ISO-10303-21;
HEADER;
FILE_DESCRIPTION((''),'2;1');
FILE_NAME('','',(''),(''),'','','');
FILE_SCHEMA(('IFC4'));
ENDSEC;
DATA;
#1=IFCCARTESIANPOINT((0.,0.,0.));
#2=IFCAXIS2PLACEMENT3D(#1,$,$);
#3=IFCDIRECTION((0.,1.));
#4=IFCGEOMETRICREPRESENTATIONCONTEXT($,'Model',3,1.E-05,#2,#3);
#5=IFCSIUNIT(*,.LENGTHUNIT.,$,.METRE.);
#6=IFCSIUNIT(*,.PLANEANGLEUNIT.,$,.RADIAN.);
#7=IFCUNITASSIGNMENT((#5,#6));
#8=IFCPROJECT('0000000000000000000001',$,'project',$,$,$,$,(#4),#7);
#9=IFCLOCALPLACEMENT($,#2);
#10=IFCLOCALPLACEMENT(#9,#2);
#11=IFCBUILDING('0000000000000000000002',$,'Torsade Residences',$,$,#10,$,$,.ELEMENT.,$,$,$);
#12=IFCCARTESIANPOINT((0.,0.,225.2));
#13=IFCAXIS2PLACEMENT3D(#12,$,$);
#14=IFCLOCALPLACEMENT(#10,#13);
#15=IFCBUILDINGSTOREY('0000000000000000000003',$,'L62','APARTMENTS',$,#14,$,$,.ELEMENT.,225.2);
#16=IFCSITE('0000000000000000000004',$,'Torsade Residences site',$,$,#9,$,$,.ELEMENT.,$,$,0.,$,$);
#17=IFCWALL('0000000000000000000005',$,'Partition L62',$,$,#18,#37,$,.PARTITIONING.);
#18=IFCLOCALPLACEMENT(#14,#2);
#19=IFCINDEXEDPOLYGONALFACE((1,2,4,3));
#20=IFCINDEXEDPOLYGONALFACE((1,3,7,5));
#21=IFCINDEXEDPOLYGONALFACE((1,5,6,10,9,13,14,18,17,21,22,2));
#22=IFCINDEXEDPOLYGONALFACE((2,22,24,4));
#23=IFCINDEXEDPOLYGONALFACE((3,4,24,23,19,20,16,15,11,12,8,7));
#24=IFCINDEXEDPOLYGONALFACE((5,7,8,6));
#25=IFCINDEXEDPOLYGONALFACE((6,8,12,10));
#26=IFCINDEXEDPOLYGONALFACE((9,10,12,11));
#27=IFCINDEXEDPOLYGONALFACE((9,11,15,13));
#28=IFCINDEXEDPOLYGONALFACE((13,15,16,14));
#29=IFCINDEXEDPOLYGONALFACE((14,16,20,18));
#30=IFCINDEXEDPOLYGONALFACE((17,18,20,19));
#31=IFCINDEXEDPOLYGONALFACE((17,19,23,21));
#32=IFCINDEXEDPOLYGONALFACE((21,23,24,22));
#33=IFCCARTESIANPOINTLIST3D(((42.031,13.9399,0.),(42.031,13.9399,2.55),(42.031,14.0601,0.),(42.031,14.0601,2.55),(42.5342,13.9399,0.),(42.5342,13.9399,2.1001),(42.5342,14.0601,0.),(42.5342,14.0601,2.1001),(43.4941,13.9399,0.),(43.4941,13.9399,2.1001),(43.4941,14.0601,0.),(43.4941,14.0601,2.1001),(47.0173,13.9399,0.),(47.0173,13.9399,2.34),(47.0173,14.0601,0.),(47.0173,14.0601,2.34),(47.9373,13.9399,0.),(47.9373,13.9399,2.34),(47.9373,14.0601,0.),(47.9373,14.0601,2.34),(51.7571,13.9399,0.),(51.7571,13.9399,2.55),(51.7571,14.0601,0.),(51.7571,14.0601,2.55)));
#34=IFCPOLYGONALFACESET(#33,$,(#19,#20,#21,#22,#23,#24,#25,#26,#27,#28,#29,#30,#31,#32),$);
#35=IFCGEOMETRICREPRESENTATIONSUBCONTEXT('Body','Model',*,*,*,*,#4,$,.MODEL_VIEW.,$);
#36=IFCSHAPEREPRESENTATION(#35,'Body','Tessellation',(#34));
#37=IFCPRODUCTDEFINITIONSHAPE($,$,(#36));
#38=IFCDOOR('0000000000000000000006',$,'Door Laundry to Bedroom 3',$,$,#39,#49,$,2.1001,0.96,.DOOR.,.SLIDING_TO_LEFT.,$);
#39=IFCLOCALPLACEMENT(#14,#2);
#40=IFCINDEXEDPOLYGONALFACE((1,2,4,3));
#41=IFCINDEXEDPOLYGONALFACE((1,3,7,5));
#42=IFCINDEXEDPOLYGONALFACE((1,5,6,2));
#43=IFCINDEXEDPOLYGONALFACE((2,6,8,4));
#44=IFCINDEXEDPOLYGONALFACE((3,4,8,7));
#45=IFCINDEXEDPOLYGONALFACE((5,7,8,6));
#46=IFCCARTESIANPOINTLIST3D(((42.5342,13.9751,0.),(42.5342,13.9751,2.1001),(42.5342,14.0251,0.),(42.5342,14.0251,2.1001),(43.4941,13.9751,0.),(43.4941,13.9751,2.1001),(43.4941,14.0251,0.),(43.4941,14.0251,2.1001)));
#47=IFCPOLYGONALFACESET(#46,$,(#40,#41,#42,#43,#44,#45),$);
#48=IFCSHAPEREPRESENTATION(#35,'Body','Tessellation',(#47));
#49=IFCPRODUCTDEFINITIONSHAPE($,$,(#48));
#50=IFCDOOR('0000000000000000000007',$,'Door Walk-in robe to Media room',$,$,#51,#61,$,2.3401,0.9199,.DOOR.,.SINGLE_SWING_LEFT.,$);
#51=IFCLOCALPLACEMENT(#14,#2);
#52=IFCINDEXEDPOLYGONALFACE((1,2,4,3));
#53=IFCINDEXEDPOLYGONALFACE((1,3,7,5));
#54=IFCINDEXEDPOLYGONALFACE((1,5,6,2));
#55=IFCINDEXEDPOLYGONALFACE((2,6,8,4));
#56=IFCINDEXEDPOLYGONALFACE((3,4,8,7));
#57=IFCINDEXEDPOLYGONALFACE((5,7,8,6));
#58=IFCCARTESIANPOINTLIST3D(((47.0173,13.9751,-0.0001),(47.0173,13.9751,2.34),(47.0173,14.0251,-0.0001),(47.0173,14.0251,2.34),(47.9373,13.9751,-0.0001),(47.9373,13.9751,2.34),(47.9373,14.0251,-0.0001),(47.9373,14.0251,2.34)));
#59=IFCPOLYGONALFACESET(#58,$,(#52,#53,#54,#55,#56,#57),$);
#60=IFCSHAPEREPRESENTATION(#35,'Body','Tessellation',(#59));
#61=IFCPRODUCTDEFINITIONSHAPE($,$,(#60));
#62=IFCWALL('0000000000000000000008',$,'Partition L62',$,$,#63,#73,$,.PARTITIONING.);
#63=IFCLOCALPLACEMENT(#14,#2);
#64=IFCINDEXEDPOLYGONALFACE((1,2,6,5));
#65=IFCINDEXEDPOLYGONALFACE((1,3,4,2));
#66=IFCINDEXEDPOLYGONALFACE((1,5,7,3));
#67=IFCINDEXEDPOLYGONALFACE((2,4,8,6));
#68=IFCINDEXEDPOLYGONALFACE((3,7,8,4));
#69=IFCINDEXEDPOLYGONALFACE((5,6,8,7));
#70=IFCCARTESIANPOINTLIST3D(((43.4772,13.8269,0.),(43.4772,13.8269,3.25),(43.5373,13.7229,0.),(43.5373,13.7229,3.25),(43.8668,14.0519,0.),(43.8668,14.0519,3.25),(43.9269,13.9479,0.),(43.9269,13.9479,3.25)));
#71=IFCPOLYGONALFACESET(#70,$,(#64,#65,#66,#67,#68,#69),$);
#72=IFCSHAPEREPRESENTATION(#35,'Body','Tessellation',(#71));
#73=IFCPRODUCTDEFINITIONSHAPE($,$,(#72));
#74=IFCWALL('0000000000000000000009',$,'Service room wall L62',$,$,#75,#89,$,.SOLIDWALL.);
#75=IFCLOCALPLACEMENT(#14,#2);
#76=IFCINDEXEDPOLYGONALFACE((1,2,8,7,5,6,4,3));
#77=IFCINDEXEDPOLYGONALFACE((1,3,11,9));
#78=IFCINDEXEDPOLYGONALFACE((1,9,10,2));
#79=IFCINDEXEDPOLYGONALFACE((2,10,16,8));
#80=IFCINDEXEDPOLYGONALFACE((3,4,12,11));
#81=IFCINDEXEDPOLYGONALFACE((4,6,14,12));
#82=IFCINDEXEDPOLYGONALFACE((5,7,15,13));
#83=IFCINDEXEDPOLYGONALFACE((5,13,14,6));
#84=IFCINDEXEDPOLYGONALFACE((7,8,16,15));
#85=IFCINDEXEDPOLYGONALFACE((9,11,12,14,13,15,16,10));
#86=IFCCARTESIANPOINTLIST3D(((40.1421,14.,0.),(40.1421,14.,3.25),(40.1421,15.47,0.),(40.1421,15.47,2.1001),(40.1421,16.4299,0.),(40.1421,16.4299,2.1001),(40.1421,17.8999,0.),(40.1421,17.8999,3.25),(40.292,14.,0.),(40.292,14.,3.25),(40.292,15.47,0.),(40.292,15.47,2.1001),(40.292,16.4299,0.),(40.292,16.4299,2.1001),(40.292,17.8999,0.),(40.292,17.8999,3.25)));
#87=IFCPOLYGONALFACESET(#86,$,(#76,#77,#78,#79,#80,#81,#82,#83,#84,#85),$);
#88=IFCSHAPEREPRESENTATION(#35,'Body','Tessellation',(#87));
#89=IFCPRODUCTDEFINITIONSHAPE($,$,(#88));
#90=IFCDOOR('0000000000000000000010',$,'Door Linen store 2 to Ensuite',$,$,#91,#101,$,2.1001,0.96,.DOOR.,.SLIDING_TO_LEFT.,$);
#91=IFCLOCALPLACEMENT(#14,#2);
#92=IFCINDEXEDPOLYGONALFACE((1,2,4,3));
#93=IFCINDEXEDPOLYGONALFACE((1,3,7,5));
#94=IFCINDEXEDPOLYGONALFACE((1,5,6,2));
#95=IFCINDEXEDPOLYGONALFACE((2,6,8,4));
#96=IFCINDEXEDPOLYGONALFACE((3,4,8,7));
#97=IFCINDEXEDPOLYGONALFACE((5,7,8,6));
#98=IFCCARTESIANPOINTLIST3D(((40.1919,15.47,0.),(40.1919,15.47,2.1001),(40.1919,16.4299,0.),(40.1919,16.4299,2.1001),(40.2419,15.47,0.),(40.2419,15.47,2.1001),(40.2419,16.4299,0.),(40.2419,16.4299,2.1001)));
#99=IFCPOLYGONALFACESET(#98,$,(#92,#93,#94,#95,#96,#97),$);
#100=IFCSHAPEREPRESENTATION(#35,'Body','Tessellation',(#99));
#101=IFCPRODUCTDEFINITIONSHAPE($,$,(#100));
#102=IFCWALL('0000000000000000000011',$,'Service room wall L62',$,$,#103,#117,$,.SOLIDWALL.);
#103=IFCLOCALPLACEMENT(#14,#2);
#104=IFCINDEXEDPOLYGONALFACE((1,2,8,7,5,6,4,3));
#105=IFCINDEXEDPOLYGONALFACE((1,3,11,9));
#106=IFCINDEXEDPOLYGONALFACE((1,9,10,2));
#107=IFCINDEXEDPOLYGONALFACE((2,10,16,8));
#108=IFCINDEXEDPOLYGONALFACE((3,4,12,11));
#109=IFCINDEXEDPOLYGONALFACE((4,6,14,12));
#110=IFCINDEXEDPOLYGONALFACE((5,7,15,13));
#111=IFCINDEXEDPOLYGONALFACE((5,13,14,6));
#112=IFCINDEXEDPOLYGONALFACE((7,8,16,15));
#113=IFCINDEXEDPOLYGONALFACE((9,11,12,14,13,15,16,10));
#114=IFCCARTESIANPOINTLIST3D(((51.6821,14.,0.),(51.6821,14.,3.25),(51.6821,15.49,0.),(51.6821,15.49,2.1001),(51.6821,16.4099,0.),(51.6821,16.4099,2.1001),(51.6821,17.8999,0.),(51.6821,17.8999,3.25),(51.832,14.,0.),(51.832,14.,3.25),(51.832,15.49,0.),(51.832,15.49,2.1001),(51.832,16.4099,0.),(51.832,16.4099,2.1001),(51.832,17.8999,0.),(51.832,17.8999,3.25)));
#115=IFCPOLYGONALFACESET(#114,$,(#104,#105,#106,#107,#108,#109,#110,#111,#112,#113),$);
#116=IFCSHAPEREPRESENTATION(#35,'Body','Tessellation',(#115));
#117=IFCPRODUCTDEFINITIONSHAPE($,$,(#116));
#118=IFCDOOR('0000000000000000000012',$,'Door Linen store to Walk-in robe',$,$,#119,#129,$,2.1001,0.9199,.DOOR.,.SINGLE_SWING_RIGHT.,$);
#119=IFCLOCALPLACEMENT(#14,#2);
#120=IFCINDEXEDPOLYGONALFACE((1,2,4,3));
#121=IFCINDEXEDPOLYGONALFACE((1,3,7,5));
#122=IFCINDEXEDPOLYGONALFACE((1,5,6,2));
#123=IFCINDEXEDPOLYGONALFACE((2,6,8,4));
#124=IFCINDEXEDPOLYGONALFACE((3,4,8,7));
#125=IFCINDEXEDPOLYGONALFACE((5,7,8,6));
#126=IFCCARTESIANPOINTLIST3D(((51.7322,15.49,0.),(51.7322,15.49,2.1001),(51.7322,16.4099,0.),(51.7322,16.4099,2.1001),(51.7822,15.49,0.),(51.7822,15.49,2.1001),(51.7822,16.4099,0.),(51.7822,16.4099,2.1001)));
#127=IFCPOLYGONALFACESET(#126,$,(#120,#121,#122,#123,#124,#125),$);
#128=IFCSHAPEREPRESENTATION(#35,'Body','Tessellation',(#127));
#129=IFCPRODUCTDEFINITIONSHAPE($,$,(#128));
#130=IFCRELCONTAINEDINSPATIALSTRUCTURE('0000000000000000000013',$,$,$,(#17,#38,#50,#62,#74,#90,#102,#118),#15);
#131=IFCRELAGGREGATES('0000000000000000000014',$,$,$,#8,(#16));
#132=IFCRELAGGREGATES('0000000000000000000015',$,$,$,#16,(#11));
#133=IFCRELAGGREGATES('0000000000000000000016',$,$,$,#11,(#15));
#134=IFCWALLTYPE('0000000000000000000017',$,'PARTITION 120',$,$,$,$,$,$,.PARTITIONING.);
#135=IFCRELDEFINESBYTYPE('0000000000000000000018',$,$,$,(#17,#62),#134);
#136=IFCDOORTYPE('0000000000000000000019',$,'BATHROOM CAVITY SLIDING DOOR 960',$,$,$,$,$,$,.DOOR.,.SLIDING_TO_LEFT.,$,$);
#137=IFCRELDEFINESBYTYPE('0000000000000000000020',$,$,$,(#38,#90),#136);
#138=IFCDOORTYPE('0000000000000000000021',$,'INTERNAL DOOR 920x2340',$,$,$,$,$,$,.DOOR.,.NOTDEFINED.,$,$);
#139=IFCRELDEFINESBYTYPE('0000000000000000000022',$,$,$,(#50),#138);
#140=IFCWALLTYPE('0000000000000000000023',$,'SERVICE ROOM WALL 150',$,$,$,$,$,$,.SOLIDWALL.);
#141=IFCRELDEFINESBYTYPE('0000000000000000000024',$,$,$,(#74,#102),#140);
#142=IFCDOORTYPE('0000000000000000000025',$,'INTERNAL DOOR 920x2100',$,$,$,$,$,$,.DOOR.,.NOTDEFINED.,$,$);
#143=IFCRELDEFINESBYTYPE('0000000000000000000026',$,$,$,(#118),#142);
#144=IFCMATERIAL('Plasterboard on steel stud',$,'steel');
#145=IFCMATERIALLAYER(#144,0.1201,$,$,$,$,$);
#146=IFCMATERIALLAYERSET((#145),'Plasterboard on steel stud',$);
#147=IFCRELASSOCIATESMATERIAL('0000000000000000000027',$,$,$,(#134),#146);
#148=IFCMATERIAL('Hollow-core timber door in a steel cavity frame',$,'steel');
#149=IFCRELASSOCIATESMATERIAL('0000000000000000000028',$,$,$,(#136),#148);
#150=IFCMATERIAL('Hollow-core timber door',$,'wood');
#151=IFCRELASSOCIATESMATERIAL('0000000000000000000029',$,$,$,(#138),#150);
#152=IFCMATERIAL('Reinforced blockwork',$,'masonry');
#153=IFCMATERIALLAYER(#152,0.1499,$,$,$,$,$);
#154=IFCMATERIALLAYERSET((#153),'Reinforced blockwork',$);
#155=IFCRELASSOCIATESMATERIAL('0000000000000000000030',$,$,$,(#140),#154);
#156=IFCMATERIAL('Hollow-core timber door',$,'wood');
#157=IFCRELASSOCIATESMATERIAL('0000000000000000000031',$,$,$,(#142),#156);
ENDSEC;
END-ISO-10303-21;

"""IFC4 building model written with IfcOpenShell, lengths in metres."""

from ifc_helpers import new_model, si_unit, direction, frame, frame_2d, origin, place, context, subcontext, project, spatial, rectangle, extrude, material, layer, layer_set, type_object, element, fill, save


model = new_model("IFC4")

# Units and contexts
model_context = context("Model", 3, precision=1e-05, world=origin(), true_north=direction((0.0, 1.0)))
body_context = subcontext(model_context, "Body", "Model", "MODEL_VIEW")
ifc_project = project(units=[si_unit("LENGTHUNIT", "METRE"), si_unit("PLANEANGLEUNIT", "RADIAN")], contexts=[model_context])

# Site, building, storey
site_placement = place(None, origin())
site = spatial("IfcSite", under=ifc_project, at=site_placement, Name="Torsade Residences site", CompositionType="ELEMENT", RefElevation=0.0)
building_placement = place(site_placement, origin())
building = spatial("IfcBuilding", under=site, at=building_placement, Name="Torsade Residences", CompositionType="ELEMENT")
storey_placement = place(building_placement, frame((0.0, 0.0, 225.2)))
storey = spatial("IfcBuildingStorey", under=building, at=storey_placement, Name="L62", Description="APARTMENTS", CompositionType="ELEMENT", Elevation=225.2)

# Shared definitions
ifc_material_1 = material(Name="Plasterboard on steel stud", Category="steel")
ifc_layer_1 = layer(ifc_material_1, 0.1201)
ifc_layer_set_1 = layer_set([ifc_layer_1], Name="Plasterboard on steel stud")
wall_type_1 = type_object("IfcWallType", Name="PARTITION 120", PredefinedType="PARTITIONING", material=ifc_layer_set_1)
ifc_material_2 = material(Name="Hollow-core timber door in a steel cavity frame", Category="steel")
door_type_1 = type_object("IfcDoorType", Name="BATHROOM CAVITY SLIDING DOOR 960", OperationType="SLIDING_TO_LEFT", PredefinedType="DOOR", material=ifc_material_2)

# Wall, openings, doors
wall_1_placement = place(storey_placement, frame((51.7571, 14.0, 0.0), z_axis=(0.0, 0.0, 1.0), x_axis=(-1.0, 0.0, 0.0)))
wall_1 = element("IfcWall", 1, at=wall_1_placement, inside=storey, type_object=wall_type_1, Name="Partition L62", PredefinedType="PARTITIONING", context=body_context, shape_type="SweptSolid", body=[
    extrude(rectangle(XDim=9.7261, YDim=0.1201, at=frame_2d((4.863, 0.0))), origin(), (0.0, 0.0, 1.0), 2.55),
])
opening_1_placement = place(wall_1_placement, frame((3.8198, 0.0, 0.0)))
opening_1 = element("IfcOpeningElement", 2, at=opening_1_placement, cuts=wall_1, PredefinedType="OPENING", context=body_context, shape_type="SweptSolid", body=[
    extrude(rectangle(XDim=0.9199, YDim=2.3401, at=frame_2d((0.46, 1.1699))), frame((0.0, 0.0701, 0.0), z_axis=(0.0, -1.0, 0.0), x_axis=(1.0, 0.0, 0.0)), (0.0, 0.0, 1.0), 0.1401),
])
opening_2_placement = place(wall_1_placement, frame((8.2629, 0.0, 0.0)))
opening_2 = element("IfcOpeningElement", 3, at=opening_2_placement, cuts=wall_1, PredefinedType="OPENING", context=body_context, shape_type="SweptSolid", body=[
    extrude(rectangle(XDim=0.96, YDim=2.1001, at=frame_2d((0.48, 1.05))), frame((0.0, 0.0701, 0.0), z_axis=(0.0, -1.0, 0.0), x_axis=(1.0, 0.0, 0.0)), (0.0, 0.0, 1.0), 0.1401),
])
door_1_placement = place(opening_2_placement, origin())
door_1 = element("IfcDoor", 4, at=door_1_placement, inside=storey, type_object=door_type_1, Name="Door Laundry to Bedroom 3", OperationType="SLIDING_TO_LEFT", OverallHeight=2.1001, OverallWidth=0.96, PredefinedType="DOOR", context=body_context, shape_type="SweptSolid", body=[
    extrude(rectangle(XDim=0.96, YDim=2.1001, at=frame_2d((0.48, 1.05))), frame((0.0, 0.0249, 0.0), z_axis=(0.0, -1.0, 0.0), x_axis=(1.0, 0.0, 0.0)), (0.0, 0.0, 1.0), 0.05),
])
fill(opening_2, door_1)
ifc_material_3 = material(Name="Hollow-core timber door", Category="wood")
door_type_2 = type_object("IfcDoorType", Name="INTERNAL DOOR 920x2340", OperationType="NOTDEFINED", PredefinedType="DOOR", material=ifc_material_3)
door_2_placement = place(opening_1_placement, origin())
door_2 = element("IfcDoor", 5, at=door_2_placement, inside=storey, type_object=door_type_2, Name="Door Walk-in robe to Media room", OperationType="SINGLE_SWING_LEFT", OverallHeight=2.3401, OverallWidth=0.9199, PredefinedType="DOOR", context=body_context, shape_type="SweptSolid", body=[
    extrude(rectangle(XDim=0.9199, YDim=2.3401, at=frame_2d((0.46, 1.1699))), frame((0.0, 0.0249, 0.0), z_axis=(0.0, -1.0, 0.0), x_axis=(1.0, 0.0, 0.0)), (0.0, 0.0, 1.0), 0.05),
])
fill(opening_1, door_2)

# Wall
wall_2_placement = place(storey_placement, frame((43.897, 14.0, 0.0), z_axis=(0.0, 0.0, 1.0), x_axis=(-0.865896, -0.500223, 0.0)))
element("IfcWall", 6, at=wall_2_placement, inside=storey, type_object=wall_type_1, Name="Partition L62", PredefinedType="PARTITIONING", context=body_context, shape_type="SweptSolid", body=[
    extrude(rectangle(XDim=0.45, YDim=0.1201, at=frame_2d((0.2251, 0.0))), origin(), (0.0, 0.0, 1.0), 3.25),
])

# Walls, openings, doors
ifc_material_4 = material(Name="Reinforced blockwork", Category="masonry")
ifc_layer_2 = layer(ifc_material_4, 0.1499)
ifc_layer_set_2 = layer_set([ifc_layer_2], Name="Reinforced blockwork")
wall_type_2 = type_object("IfcWallType", Name="SERVICE ROOM WALL 150", PredefinedType="SOLIDWALL", material=ifc_layer_set_2)
wall_3_placement = place(storey_placement, frame((40.217, 17.8999, 0.0), z_axis=(0.0, 0.0, 1.0), x_axis=(0.0, -1.0, 0.0)))
wall_3 = element("IfcWall", 7, at=wall_3_placement, inside=storey, type_object=wall_type_2, Name="Service room wall L62", PredefinedType="SOLIDWALL", context=body_context, shape_type="SweptSolid", body=[
    extrude(rectangle(XDim=3.8999, YDim=0.1499, at=frame_2d((1.95, 0.0))), origin(), (0.0, 0.0, 1.0), 3.25),
])
opening_3_placement = place(wall_3_placement, frame((1.47, 0.0, 0.0)))
opening_3 = element("IfcOpeningElement", 8, at=opening_3_placement, cuts=wall_3, PredefinedType="OPENING", context=body_context, shape_type="SweptSolid", body=[
    extrude(rectangle(XDim=0.96, YDim=2.1001, at=frame_2d((0.48, 1.05))), frame((0.0, 0.085, 0.0), z_axis=(0.0, -1.0, 0.0), x_axis=(1.0, 0.0, 0.0)), (0.0, 0.0, 1.0), 0.1699),
])
door_3_placement = place(opening_3_placement, origin())
door_3 = element("IfcDoor", 9, at=door_3_placement, inside=storey, type_object=door_type_1, Name="Door Linen store 2 to Ensuite", OperationType="SLIDING_TO_LEFT", OverallHeight=2.1001, OverallWidth=0.96, PredefinedType="DOOR", context=body_context, shape_type="SweptSolid", body=[
    extrude(rectangle(XDim=0.96, YDim=2.1001, at=frame_2d((0.48, 1.05))), frame((0.0, 0.0249, 0.0), z_axis=(0.0, -1.0, 0.0), x_axis=(1.0, 0.0, 0.0)), (0.0, 0.0, 1.0), 0.05),
])
fill(opening_3, door_3)
wall_4_placement = place(storey_placement, frame((51.7571, 14.0, 0.0), z_axis=(0.0, 0.0, 1.0), x_axis=(0.0, 1.0, 0.0)))
wall_4 = element("IfcWall", 10, at=wall_4_placement, inside=storey, type_object=wall_type_2, Name="Service room wall L62", PredefinedType="SOLIDWALL", context=body_context, shape_type="SweptSolid", body=[
    extrude(rectangle(XDim=3.8999, YDim=0.1499, at=frame_2d((1.95, 0.0))), origin(), (0.0, 0.0, 1.0), 3.25),
])
opening_4_placement = place(wall_4_placement, frame((1.49, 0.0, 0.0)))
opening_4 = element("IfcOpeningElement", 11, at=opening_4_placement, cuts=wall_4, PredefinedType="OPENING", context=body_context, shape_type="SweptSolid", body=[
    extrude(rectangle(XDim=0.9199, YDim=2.1001, at=frame_2d((0.46, 1.05))), frame((0.0, 0.085, 0.0), z_axis=(0.0, -1.0, 0.0), x_axis=(1.0, 0.0, 0.0)), (0.0, 0.0, 1.0), 0.1699),
])
ifc_material_5 = material(Name="Hollow-core timber door", Category="wood")
door_type_3 = type_object("IfcDoorType", Name="INTERNAL DOOR 920x2100", OperationType="NOTDEFINED", PredefinedType="DOOR", material=ifc_material_5)
door_4_placement = place(opening_4_placement, origin())
door_4 = element("IfcDoor", 12, at=door_4_placement, inside=storey, type_object=door_type_3, Name="Door Linen store to Walk-in robe", OperationType="SINGLE_SWING_RIGHT", OverallHeight=2.1001, OverallWidth=0.9199, PredefinedType="DOOR", context=body_context, shape_type="SweptSolid", body=[
    extrude(rectangle(XDim=0.9199, YDim=2.1001, at=frame_2d((0.46, 1.05))), frame((0.0, 0.0249, 0.0), z_axis=(0.0, -1.0, 0.0), x_axis=(1.0, 0.0, 0.0)), (0.0, 0.0, 1.0), 0.05),
])
fill(opening_4, door_4)

save(model, "model.ifc")
